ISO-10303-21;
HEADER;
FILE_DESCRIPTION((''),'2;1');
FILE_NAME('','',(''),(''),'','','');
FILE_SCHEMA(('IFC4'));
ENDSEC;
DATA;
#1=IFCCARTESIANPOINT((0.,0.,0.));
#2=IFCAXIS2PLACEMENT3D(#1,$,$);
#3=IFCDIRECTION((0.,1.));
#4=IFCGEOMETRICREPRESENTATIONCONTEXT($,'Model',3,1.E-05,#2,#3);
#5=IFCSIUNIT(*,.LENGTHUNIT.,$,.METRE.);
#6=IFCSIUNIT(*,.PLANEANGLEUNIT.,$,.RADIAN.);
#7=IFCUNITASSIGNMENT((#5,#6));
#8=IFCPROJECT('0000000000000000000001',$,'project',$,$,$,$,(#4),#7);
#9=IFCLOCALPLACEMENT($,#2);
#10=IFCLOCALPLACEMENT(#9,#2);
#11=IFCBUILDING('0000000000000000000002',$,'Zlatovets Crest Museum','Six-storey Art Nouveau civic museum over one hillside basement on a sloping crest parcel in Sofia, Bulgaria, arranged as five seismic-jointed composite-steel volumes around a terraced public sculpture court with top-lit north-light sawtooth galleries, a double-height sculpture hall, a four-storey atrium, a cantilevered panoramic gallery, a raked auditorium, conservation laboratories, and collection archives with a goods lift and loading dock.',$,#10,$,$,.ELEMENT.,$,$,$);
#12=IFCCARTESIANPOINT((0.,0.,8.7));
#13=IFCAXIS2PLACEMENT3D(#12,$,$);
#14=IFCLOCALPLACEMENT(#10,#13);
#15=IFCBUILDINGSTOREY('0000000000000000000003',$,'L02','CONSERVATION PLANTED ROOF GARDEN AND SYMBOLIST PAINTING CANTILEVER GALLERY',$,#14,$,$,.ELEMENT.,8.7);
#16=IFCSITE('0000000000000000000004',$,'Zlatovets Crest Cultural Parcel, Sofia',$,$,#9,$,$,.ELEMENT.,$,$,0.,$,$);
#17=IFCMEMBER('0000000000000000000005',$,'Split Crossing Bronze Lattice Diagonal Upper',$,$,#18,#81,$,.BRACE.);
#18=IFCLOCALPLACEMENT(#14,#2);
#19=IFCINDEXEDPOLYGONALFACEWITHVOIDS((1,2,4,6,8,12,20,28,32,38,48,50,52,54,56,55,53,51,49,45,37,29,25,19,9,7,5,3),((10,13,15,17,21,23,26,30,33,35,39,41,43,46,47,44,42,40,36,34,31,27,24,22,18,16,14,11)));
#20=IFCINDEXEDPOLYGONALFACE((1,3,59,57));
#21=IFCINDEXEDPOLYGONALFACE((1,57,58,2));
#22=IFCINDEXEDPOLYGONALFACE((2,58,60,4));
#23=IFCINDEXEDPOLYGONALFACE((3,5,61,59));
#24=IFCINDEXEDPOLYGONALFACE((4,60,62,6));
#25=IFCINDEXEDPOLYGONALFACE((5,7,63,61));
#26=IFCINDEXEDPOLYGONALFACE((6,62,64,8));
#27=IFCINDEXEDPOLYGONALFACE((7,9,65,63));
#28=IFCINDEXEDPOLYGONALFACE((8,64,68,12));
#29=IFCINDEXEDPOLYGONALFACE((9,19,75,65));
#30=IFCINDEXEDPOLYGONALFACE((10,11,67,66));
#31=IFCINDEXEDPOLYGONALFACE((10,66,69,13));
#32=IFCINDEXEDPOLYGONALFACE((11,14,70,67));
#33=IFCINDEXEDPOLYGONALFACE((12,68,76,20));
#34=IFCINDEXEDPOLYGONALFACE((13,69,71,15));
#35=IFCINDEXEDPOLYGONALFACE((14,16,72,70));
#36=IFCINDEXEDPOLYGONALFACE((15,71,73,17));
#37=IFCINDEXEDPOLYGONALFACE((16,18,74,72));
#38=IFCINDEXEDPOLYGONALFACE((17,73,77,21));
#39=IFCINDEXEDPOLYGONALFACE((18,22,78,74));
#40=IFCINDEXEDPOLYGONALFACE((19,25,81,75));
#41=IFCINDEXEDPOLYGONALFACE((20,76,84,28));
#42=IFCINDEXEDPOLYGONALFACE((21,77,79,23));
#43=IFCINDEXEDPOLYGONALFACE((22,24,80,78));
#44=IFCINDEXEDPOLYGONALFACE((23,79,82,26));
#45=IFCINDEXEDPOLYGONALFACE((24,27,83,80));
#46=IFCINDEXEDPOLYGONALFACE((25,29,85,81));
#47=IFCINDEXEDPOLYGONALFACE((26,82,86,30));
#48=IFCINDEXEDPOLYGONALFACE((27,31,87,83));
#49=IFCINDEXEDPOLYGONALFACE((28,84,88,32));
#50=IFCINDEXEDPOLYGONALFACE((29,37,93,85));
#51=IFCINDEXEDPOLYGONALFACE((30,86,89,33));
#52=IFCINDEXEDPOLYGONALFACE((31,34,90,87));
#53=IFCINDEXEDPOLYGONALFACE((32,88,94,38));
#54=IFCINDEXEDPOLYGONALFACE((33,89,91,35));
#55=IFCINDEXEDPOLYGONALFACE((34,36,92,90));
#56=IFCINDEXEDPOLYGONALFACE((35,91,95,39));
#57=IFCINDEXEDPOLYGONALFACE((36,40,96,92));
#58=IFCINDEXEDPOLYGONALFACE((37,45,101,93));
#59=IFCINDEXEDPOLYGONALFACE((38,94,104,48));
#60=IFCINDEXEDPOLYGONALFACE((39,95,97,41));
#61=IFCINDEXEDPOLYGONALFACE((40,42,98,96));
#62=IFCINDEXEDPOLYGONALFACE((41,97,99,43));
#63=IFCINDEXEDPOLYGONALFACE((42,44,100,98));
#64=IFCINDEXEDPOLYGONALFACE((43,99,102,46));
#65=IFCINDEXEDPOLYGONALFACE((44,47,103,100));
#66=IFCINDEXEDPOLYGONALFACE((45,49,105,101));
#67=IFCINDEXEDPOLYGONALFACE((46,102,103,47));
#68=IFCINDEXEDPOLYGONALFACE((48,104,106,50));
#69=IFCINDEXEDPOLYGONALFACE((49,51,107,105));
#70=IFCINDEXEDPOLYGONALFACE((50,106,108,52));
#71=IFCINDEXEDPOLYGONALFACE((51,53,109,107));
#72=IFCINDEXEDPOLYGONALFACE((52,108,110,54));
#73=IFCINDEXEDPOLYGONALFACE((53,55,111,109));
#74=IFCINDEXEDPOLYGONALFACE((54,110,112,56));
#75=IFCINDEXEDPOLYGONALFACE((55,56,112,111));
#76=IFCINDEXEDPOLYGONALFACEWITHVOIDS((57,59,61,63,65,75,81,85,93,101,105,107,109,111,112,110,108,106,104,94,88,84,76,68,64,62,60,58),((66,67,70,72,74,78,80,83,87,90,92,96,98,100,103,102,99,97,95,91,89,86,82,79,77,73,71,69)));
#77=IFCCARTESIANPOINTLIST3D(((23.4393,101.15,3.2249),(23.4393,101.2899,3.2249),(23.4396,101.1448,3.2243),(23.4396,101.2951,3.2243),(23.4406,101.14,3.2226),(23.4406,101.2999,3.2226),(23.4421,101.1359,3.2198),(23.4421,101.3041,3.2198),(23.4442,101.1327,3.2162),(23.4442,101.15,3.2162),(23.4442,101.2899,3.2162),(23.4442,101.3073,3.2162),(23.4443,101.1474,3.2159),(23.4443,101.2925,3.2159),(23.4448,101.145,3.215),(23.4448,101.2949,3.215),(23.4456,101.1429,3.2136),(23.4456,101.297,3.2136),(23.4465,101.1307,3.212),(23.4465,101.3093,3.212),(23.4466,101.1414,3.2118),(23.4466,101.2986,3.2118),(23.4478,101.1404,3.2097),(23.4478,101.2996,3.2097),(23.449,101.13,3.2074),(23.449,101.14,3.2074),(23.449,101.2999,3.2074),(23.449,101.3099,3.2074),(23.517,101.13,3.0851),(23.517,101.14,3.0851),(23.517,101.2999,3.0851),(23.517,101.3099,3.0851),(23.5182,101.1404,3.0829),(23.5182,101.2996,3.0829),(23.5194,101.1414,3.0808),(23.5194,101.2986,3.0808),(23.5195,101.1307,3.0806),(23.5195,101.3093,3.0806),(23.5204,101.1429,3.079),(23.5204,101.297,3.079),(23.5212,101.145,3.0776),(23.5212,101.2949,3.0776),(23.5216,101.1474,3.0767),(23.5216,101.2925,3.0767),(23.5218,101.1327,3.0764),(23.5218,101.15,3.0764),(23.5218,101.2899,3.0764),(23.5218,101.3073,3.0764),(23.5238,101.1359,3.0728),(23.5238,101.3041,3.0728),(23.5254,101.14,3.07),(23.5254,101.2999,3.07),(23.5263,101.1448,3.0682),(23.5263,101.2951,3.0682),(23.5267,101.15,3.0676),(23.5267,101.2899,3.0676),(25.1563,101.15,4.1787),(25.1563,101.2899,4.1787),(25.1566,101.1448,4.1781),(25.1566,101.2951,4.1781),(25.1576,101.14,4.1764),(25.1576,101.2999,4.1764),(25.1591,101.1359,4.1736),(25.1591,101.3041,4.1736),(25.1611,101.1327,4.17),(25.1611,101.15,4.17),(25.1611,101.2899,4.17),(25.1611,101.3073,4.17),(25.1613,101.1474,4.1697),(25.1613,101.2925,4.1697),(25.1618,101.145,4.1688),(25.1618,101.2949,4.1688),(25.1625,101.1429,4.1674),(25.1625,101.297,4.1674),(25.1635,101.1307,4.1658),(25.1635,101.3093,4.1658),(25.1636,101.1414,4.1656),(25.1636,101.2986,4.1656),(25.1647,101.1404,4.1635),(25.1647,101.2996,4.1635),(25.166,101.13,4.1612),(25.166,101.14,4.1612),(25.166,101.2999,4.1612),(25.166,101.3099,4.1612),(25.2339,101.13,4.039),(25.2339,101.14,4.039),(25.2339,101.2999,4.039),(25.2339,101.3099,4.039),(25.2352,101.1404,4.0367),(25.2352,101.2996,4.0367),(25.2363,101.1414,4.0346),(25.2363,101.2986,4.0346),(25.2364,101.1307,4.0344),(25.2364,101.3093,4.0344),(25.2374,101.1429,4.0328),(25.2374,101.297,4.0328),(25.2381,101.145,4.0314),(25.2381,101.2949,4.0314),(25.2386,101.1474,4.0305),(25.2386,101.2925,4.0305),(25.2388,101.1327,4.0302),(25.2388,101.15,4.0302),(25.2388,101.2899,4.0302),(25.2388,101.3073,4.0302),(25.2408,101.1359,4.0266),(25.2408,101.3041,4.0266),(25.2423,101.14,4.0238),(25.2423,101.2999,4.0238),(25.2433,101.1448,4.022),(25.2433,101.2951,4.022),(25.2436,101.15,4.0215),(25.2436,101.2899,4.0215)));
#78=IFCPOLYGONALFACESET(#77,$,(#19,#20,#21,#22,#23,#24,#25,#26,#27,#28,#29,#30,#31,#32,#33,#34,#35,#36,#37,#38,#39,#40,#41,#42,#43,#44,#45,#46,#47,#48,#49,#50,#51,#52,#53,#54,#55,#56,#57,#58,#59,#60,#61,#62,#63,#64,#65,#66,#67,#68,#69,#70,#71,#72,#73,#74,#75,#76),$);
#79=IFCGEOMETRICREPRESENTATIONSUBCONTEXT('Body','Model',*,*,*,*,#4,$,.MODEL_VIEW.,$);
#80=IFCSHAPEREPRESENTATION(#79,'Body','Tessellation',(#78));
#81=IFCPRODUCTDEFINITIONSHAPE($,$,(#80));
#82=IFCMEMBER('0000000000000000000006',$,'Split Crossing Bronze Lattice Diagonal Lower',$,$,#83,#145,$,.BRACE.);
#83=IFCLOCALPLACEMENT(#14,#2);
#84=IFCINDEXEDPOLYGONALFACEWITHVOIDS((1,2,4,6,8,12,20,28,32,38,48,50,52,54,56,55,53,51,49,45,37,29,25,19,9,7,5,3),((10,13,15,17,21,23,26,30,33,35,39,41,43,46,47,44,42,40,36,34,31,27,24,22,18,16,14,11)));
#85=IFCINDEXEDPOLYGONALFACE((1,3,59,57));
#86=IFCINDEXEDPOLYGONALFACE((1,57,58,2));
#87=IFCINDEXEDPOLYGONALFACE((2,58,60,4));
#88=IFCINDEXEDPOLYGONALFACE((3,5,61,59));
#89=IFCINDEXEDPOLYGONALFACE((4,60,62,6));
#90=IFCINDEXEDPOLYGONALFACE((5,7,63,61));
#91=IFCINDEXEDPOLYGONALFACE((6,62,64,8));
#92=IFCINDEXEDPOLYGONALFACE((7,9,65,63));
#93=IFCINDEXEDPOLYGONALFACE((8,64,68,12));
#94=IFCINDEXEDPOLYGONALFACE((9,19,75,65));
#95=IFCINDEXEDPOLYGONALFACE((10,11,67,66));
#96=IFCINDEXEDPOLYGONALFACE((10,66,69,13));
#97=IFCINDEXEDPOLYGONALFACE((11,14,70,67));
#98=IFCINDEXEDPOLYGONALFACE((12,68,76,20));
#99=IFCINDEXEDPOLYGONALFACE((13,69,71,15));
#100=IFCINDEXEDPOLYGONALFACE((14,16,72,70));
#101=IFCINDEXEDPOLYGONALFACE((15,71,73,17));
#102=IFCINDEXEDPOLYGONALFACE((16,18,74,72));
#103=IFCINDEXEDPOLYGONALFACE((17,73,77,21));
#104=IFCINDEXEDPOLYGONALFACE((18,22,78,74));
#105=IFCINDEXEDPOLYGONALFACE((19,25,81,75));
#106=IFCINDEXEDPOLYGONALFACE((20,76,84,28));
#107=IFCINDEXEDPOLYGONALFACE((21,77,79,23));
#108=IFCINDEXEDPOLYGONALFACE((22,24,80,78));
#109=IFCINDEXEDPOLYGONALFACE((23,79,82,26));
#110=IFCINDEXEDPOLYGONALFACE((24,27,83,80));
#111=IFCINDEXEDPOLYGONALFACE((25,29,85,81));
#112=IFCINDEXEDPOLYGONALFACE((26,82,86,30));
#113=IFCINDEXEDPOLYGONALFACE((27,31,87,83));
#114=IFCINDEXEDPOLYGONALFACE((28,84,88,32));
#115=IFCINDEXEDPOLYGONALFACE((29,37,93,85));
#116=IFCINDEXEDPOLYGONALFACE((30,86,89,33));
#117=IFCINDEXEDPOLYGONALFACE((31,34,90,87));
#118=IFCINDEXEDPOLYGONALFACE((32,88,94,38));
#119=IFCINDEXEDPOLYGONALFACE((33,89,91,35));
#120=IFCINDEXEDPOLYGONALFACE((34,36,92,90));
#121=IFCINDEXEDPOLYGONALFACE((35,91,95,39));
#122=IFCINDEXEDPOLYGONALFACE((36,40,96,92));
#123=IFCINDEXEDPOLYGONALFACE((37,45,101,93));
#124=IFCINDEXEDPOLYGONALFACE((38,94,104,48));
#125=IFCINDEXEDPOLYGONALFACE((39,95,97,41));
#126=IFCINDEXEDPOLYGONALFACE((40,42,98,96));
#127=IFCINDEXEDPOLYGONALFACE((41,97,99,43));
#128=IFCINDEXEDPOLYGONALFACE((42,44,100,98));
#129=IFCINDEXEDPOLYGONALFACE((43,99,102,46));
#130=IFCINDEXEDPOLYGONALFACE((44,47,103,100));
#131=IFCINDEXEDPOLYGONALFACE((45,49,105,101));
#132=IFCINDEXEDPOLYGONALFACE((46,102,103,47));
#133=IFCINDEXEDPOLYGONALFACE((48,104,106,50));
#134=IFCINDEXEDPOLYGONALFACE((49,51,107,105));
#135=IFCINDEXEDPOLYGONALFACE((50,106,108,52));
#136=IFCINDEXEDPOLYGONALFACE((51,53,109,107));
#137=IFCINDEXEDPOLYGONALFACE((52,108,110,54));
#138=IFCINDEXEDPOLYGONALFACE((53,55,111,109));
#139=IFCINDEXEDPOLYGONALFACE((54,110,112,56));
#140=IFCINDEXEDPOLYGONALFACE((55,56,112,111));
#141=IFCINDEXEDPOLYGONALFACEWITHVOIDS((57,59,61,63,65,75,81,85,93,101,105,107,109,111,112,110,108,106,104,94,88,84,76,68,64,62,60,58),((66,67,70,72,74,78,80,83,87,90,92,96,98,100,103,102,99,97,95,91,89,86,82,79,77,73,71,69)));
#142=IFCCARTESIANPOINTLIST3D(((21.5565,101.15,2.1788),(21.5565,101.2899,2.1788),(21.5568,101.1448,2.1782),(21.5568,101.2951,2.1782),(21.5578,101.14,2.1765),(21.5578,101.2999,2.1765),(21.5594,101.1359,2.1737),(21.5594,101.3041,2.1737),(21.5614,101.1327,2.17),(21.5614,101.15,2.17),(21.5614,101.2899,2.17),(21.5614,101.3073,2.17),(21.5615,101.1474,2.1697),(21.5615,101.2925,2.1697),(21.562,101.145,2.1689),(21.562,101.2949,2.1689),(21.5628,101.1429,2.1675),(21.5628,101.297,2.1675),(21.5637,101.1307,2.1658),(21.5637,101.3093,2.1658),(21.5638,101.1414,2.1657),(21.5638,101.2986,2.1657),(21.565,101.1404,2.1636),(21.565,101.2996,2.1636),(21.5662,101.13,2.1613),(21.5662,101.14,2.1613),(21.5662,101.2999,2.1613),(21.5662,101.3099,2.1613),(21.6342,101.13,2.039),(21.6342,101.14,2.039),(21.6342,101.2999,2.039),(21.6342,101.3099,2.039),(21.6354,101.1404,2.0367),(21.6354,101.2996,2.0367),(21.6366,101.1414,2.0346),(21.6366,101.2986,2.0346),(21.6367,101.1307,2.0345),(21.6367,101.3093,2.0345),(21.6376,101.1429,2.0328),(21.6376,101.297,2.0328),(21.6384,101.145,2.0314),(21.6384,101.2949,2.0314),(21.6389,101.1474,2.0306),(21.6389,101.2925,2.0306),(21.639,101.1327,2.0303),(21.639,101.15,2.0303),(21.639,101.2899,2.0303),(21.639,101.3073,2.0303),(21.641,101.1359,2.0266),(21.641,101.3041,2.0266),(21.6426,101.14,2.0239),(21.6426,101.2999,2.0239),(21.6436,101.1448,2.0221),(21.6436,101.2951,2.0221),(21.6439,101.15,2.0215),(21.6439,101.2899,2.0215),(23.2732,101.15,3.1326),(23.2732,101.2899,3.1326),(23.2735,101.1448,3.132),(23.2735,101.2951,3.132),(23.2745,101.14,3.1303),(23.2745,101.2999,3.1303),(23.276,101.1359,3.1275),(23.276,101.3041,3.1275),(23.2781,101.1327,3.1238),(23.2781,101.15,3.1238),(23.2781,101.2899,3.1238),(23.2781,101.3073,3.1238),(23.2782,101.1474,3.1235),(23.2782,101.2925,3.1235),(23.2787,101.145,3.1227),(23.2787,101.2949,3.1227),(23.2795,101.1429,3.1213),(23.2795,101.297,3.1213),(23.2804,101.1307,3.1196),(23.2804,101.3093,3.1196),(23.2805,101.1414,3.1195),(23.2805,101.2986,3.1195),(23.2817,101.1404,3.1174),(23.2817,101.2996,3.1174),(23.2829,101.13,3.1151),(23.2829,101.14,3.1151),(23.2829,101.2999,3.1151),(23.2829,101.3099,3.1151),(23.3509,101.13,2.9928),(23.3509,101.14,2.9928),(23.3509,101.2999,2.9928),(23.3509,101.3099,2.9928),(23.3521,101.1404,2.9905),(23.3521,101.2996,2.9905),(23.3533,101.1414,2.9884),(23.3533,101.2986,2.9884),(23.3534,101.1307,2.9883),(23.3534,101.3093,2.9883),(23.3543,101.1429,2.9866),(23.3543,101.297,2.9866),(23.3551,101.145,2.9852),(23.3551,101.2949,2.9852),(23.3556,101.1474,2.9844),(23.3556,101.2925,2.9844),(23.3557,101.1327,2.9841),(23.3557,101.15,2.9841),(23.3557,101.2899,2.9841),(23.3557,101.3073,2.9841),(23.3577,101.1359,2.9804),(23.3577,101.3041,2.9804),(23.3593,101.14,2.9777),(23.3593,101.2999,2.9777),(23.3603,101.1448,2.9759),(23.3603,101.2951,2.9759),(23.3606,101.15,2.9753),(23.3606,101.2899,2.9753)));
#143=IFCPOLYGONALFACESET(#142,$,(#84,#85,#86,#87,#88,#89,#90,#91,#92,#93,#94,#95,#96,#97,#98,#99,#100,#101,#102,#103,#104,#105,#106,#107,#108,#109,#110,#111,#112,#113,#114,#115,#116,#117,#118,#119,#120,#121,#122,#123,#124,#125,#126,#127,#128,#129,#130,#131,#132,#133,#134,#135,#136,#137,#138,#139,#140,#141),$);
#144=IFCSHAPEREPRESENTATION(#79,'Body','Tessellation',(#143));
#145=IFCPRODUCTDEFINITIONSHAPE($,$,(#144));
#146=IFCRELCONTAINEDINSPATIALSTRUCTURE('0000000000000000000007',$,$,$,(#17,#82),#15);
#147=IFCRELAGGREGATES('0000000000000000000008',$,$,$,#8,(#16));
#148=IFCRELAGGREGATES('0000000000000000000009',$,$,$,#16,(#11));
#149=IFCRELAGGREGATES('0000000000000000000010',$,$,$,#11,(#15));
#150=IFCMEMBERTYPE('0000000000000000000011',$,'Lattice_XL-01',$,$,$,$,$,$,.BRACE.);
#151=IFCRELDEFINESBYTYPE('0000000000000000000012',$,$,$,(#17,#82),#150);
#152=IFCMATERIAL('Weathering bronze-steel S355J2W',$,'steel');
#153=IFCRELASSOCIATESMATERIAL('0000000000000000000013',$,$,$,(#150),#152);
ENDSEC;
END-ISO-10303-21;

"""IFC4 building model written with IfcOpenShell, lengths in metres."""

from ifc_helpers import new_model, si_unit, direction, frame, origin, origin_2d, place, context, subcontext, project, spatial, hollow_rectangle, extrude, material, material_profile, profile_set, type_object, element, save


model = new_model("IFC4")

# Units and contexts
model_context = context("Model", 3, precision=1e-05, world=origin(), true_north=direction((0.0, 1.0)))
body_context = subcontext(model_context, "Body", "Model", "MODEL_VIEW")
ifc_project = project(units=[si_unit("LENGTHUNIT", "METRE"), si_unit("PLANEANGLEUNIT", "RADIAN")], contexts=[model_context])

# Site, building, storey
site_placement = place(None, origin())
site = spatial("IfcSite", under=ifc_project, at=site_placement, Name="Zlatovets Crest Cultural Parcel, Sofia", CompositionType="ELEMENT", RefElevation=0.0)
building_placement = place(site_placement, origin())
building = spatial("IfcBuilding", under=site, at=building_placement, Name="Zlatovets Crest Museum", Description="Six-storey Art Nouveau civic museum over one hillside basement on a sloping crest parcel in Sofia, Bulgaria, arranged as five seismic-jointed composite-steel volumes around a terraced public sculpture court with top-lit north-light sawtooth galleries, a double-height sculpture hall, a four-storey atrium, a cantilevered panoramic gallery, a raked auditorium, conservation laboratories, and collection archives with a goods lift and loading dock.", CompositionType="ELEMENT")
storey_placement = place(building_placement, frame((0.0, 0.0, 8.7)))
storey = spatial("IfcBuildingStorey", under=building, at=storey_placement, Name="L02", Description="CONSERVATION PLANTED ROOF GARDEN AND SYMBOLIST PAINTING CANTILEVER GALLERY", CompositionType="ELEMENT", Elevation=8.7)

# Members
ifc_material_1 = material(Name="Weathering bronze-steel S355J2W", Category="steel")
ifc_material_profile_1 = material_profile(ifc_material_1, hollow_rectangle(XDim=0.1799, YDim=0.1799, WallThickness=0.01, InnerFilletRadius=0.01, OuterFilletRadius=0.02, at=origin_2d()), Name="SHS 180x180x10.0")
ifc_profile_set_1 = profile_set([ifc_material_profile_1], Name="Weathering bronze-steel S355J2W")
member_type_1 = type_object("IfcMemberType", Name="Lattice_XL-01", PredefinedType="BRACE", material=ifc_profile_set_1)
member_1_placement = place(storey_placement, frame((25.2, 101.22, 4.1001), z_axis=(-0.874169, 0.0, -0.485622), x_axis=(0.0, -1.0, 0.0)))
element("IfcMember", 1, at=member_1_placement, inside=storey, type_object=member_type_1, Name="Split Crossing Bronze Lattice Diagonal Upper", PredefinedType="BRACE", context=body_context, shape_type="SweptSolid", body=[
    extrude(hollow_rectangle(XDim=0.1799, YDim=0.1799, WallThickness=0.01, InnerFilletRadius=0.01, OuterFilletRadius=0.02, at=origin_2d()), origin(), (0.0, 0.0, 1.0), 1.9641),
])
member_2_placement = place(storey_placement, frame((23.3169, 101.22, 3.054), z_axis=(-0.87414, 0.0, -0.485675), x_axis=(0.0, -1.0, 0.0)))
element("IfcMember", 2, at=member_2_placement, inside=storey, type_object=member_type_1, Name="Split Crossing Bronze Lattice Diagonal Lower", PredefinedType="BRACE", context=body_context, shape_type="SweptSolid", body=[
    extrude(hollow_rectangle(XDim=0.1799, YDim=0.1799, WallThickness=0.01, InnerFilletRadius=0.01, OuterFilletRadius=0.02, at=origin_2d()), origin(), (0.0, 0.0, 1.0), 1.9639),
])

save(model, "model.ifc")
